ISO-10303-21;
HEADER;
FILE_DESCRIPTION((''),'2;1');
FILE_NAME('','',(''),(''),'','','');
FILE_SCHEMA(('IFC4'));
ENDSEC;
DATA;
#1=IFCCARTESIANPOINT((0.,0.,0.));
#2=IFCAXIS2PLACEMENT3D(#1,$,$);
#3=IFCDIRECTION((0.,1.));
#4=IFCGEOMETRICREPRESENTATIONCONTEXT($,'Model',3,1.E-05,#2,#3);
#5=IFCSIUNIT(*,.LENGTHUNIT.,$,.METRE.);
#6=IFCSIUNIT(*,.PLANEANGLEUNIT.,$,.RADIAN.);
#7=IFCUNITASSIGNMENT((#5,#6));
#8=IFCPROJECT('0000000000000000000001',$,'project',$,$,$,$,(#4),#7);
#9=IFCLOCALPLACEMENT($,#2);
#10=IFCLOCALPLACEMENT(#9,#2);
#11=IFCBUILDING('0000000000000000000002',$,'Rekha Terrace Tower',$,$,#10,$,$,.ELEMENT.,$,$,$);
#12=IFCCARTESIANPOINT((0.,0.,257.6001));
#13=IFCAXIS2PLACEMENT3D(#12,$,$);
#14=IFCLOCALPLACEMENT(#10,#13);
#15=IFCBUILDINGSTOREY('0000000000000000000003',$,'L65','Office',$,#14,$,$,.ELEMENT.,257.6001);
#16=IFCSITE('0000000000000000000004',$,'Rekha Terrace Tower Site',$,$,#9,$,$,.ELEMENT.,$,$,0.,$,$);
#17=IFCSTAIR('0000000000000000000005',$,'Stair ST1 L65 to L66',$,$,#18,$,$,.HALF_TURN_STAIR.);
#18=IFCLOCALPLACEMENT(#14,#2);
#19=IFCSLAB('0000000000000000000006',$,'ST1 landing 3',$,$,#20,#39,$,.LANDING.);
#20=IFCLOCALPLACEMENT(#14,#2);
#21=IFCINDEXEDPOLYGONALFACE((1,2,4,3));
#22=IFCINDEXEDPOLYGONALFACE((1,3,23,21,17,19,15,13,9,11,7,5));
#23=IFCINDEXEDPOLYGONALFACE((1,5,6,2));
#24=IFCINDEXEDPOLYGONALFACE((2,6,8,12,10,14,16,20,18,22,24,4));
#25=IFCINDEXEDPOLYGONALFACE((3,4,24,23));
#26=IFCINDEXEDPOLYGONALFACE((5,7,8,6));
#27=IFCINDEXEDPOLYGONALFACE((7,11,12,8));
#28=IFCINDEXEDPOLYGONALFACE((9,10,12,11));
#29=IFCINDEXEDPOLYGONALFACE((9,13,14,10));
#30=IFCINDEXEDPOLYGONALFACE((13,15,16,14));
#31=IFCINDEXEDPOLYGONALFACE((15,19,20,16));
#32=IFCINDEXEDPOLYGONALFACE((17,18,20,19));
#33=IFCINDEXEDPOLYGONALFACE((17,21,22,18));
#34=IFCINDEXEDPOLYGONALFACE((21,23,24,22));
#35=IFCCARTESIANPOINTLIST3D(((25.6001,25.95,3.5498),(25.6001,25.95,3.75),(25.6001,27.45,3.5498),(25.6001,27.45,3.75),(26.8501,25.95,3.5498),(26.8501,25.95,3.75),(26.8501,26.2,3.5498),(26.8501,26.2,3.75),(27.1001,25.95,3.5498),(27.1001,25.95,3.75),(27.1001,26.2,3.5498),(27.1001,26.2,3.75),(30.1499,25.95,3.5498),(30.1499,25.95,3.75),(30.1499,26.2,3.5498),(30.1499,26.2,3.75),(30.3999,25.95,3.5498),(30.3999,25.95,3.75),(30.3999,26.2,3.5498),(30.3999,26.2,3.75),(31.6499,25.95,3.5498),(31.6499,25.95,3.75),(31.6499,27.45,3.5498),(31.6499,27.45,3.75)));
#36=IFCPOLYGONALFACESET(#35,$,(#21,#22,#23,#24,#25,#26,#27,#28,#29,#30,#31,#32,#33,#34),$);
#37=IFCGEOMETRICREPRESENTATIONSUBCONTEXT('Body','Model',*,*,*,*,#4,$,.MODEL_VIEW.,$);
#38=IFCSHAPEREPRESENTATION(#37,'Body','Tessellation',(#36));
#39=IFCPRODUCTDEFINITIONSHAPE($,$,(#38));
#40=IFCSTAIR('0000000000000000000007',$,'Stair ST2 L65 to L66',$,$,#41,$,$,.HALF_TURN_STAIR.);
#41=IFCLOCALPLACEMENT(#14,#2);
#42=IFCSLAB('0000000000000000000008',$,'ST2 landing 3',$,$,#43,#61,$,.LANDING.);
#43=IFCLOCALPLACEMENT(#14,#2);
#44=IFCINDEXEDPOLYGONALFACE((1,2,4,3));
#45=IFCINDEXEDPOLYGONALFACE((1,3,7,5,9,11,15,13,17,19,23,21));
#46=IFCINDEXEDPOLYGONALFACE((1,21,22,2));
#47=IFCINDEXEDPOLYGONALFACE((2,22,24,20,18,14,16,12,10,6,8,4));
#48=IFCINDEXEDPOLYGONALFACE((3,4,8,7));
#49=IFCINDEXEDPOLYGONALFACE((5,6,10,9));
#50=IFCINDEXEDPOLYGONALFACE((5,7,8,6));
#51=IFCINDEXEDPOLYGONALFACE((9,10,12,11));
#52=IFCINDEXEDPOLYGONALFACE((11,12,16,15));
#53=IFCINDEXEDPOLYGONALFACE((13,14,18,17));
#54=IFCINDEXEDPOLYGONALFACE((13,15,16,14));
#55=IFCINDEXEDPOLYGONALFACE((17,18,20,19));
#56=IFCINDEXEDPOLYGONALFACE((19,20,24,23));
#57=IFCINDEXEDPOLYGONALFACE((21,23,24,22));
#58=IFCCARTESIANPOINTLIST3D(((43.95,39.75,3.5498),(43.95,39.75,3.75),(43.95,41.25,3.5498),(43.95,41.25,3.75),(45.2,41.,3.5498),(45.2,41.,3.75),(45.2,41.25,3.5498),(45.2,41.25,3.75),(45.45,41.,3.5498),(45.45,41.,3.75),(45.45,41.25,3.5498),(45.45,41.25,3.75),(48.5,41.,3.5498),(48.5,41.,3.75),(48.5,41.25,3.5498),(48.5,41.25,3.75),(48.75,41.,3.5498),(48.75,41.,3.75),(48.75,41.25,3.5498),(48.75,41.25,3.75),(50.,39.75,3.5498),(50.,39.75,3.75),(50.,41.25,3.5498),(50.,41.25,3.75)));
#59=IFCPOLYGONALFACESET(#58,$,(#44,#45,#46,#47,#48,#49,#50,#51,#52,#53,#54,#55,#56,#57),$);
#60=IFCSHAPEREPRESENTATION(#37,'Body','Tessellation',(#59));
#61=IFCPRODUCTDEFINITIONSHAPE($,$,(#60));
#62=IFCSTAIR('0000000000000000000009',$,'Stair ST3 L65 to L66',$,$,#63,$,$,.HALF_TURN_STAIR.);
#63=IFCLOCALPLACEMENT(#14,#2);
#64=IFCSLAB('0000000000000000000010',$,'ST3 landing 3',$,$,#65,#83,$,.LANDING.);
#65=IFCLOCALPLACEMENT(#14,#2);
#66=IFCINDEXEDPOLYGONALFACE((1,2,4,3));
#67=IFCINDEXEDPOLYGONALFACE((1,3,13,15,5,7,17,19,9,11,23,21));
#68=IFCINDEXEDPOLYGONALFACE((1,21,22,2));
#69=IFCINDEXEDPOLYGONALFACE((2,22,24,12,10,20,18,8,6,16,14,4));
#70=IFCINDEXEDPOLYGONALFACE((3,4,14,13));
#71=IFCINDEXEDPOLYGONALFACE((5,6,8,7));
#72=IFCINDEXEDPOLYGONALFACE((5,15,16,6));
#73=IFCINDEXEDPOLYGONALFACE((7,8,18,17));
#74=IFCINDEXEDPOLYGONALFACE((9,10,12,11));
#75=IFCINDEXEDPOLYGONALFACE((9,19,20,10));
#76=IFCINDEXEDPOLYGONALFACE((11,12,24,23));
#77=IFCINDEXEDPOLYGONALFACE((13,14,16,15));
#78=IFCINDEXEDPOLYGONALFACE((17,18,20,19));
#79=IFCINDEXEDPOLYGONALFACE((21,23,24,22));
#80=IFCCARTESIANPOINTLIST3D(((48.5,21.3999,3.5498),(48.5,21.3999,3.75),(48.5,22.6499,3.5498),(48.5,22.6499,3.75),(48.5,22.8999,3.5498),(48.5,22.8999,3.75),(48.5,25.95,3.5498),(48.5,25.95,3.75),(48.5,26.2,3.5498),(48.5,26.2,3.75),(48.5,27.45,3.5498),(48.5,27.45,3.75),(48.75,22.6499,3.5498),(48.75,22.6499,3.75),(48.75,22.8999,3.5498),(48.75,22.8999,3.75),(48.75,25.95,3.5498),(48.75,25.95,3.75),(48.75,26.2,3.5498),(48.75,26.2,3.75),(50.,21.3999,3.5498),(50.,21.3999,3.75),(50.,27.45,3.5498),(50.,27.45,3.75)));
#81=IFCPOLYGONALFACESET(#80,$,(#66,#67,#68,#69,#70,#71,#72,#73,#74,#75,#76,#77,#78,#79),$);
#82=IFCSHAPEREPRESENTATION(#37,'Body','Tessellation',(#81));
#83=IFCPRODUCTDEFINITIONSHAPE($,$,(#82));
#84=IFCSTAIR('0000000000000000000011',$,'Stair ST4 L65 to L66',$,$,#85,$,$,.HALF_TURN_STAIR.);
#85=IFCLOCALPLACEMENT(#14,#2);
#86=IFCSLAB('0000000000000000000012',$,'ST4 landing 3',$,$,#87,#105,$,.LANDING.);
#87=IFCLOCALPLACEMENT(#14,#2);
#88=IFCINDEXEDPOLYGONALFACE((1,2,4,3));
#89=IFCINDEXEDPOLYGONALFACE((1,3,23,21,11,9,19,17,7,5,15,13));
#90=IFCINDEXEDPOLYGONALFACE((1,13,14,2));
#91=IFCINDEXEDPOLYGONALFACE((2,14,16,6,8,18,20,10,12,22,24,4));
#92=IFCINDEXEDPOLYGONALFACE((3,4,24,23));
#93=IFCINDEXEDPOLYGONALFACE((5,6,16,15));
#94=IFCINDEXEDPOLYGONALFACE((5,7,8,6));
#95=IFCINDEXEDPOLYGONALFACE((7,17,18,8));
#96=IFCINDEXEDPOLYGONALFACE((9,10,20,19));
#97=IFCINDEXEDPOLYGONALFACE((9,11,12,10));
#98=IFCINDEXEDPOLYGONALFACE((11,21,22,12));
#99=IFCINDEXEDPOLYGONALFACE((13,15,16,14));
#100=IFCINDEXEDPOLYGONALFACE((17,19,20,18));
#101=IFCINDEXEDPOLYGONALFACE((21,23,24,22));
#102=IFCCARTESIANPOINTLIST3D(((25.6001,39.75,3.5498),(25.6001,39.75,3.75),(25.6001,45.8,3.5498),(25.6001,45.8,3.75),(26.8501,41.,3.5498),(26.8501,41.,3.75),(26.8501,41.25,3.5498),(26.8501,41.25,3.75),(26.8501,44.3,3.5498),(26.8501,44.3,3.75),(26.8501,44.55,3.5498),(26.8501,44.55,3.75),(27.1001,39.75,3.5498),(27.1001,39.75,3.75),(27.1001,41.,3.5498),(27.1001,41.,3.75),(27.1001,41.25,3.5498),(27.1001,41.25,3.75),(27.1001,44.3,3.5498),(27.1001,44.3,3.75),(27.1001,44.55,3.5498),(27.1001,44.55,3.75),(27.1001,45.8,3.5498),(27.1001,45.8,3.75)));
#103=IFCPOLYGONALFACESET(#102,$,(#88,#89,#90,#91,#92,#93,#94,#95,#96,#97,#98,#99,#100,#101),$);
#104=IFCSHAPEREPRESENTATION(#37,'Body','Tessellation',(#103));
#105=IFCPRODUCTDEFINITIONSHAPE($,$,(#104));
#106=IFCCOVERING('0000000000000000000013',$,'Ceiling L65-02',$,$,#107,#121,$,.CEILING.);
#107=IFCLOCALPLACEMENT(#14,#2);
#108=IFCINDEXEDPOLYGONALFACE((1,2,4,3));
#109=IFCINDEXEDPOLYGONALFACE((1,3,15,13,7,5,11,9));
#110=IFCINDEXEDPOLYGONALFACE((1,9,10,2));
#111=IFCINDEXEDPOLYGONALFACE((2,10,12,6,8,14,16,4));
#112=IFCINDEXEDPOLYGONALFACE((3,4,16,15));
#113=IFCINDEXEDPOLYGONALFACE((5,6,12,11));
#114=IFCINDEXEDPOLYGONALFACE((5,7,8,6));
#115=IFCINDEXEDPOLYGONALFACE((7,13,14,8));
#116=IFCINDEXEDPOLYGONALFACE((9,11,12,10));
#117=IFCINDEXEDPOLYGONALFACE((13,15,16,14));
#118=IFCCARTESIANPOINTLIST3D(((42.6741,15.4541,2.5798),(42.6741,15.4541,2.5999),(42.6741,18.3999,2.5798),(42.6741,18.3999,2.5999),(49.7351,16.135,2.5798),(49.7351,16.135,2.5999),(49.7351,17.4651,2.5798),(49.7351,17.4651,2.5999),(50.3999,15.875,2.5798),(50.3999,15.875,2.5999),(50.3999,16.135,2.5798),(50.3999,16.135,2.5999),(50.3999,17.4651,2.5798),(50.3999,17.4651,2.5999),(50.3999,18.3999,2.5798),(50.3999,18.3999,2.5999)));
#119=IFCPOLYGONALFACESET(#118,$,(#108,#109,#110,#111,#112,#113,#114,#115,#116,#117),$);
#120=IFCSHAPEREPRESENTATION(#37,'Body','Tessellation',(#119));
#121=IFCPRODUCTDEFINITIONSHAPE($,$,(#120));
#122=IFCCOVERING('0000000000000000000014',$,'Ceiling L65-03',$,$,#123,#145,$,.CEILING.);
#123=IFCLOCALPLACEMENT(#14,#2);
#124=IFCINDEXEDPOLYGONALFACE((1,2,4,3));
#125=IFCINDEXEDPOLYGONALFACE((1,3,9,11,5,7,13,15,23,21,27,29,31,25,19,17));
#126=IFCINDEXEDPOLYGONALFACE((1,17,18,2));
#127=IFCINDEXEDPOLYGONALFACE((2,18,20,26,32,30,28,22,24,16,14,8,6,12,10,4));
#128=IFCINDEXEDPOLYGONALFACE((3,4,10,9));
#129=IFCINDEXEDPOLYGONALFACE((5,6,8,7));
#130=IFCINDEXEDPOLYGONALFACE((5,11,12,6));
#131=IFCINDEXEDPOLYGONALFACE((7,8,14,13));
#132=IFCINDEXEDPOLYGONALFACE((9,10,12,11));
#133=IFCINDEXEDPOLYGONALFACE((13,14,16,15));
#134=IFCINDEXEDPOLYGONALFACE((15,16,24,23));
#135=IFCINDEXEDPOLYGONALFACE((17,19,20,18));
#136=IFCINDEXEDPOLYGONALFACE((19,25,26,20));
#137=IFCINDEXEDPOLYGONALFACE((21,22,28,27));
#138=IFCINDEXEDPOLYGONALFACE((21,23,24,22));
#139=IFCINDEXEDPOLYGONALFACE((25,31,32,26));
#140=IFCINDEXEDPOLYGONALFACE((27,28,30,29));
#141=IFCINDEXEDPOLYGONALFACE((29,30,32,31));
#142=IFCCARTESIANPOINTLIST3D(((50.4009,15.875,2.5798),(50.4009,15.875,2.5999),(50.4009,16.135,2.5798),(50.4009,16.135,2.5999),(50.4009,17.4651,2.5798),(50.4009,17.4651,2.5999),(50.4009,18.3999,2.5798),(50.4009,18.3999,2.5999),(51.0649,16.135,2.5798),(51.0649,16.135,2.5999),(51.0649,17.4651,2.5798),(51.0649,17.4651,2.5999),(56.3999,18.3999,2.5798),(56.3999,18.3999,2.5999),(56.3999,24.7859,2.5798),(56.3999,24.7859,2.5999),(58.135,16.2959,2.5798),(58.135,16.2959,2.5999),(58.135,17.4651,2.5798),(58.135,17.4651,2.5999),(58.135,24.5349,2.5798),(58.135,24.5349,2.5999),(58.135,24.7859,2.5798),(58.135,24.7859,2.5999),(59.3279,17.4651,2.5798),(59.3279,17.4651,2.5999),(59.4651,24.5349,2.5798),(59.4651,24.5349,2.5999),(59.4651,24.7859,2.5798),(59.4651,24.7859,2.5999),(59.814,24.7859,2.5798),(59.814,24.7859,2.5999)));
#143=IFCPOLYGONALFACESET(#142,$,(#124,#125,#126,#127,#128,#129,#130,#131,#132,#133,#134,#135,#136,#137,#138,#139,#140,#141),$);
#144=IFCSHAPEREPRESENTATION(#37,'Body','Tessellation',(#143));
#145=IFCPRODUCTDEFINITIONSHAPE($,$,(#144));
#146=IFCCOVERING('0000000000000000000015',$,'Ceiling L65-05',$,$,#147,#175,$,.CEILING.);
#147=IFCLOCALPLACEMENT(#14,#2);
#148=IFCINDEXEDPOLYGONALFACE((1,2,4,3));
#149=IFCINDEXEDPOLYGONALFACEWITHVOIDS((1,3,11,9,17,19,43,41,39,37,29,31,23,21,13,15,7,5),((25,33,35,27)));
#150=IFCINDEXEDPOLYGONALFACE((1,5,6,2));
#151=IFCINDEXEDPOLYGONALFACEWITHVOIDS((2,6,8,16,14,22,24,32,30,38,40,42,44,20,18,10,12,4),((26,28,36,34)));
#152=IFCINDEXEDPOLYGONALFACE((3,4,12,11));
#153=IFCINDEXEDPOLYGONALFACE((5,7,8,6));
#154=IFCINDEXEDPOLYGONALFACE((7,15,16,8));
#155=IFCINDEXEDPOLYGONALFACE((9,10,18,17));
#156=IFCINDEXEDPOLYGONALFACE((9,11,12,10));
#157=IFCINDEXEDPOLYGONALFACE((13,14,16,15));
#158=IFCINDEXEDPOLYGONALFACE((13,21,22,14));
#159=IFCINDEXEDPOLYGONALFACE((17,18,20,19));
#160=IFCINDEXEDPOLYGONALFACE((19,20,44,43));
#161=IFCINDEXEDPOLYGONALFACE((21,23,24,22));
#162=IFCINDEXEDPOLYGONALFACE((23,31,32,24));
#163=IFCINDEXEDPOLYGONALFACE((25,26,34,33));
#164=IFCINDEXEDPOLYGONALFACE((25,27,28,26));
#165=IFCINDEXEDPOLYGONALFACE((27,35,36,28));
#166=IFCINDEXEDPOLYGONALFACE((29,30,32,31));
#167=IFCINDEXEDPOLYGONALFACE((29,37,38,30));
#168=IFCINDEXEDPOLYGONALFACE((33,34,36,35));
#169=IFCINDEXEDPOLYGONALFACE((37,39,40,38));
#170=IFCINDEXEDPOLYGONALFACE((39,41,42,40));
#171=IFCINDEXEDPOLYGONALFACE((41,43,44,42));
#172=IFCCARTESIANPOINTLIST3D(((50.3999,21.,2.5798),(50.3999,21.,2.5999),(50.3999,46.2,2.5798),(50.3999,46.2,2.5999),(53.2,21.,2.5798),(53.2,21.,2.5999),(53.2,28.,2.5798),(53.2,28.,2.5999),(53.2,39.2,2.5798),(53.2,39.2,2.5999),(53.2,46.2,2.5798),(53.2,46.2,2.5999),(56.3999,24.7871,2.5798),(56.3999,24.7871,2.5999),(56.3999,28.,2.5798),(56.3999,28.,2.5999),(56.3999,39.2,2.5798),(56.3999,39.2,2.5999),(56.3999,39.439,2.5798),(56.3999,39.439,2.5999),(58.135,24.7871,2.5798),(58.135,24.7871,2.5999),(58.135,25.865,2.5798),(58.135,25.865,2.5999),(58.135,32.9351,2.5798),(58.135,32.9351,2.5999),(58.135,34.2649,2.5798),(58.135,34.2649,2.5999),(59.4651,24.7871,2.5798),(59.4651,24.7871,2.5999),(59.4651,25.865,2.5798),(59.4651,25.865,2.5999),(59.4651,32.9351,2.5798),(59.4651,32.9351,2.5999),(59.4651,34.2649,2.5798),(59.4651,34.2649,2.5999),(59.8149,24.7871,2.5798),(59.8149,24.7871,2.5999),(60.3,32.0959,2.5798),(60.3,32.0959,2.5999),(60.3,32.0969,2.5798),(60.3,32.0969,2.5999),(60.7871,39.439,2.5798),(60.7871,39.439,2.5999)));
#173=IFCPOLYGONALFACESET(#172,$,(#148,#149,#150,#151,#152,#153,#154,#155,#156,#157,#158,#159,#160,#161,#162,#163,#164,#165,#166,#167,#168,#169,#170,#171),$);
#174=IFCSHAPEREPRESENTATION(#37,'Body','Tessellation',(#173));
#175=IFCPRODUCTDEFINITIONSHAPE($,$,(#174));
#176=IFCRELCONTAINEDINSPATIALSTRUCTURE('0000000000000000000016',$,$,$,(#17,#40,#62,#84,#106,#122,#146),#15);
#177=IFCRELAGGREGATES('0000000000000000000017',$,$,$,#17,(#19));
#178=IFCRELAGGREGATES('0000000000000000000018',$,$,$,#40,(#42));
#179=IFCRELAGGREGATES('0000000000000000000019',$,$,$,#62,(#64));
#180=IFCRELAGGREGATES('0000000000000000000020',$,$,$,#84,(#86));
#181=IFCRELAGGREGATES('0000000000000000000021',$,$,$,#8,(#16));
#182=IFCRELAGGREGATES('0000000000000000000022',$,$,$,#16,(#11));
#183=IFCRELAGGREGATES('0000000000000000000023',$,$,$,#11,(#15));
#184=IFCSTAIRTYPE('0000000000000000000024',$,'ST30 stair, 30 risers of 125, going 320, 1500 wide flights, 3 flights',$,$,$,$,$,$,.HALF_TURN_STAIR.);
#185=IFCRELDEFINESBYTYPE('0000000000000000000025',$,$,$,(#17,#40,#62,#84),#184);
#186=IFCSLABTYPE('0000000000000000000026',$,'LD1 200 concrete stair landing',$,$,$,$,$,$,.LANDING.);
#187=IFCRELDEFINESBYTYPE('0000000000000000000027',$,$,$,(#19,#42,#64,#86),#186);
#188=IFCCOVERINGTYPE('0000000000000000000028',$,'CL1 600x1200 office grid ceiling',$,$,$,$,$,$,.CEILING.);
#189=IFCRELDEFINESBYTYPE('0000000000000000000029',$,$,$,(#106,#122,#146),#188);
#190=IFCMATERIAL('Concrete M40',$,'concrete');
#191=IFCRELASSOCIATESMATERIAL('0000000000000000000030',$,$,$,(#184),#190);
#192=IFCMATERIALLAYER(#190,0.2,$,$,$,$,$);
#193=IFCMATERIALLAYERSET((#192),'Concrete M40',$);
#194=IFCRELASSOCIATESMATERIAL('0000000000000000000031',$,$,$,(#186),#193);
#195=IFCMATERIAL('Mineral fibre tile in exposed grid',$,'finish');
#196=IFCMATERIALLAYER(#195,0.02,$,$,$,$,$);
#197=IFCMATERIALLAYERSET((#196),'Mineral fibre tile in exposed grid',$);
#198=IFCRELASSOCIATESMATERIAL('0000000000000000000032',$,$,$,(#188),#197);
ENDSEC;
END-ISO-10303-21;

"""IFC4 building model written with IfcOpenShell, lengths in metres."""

from ifc_helpers import new_model, si_unit, direction, frame, origin, place, context, subcontext, project, spatial, polyline, outline, extrude, material, layer, layer_set, type_object, element, aggregate, save


model = new_model("IFC4")

# Units and contexts
model_context = context("Model", 3, precision=1e-05, world=origin(), true_north=direction((0.0, 1.0)))
body_context = subcontext(model_context, "Body", "Model", "MODEL_VIEW")
ifc_project = project(units=[si_unit("LENGTHUNIT", "METRE"), si_unit("PLANEANGLEUNIT", "RADIAN")], contexts=[model_context])

# Site, building, storey
site_placement = place(None, origin())
site = spatial("IfcSite", under=ifc_project, at=site_placement, Name="Rekha Terrace Tower Site", CompositionType="ELEMENT", RefElevation=0.0)
building_placement = place(site_placement, origin())
building = spatial("IfcBuilding", under=site, at=building_placement, Name="Rekha Terrace Tower", CompositionType="ELEMENT")
storey_placement = place(building_placement, frame((0.0, 0.0, 257.6001)))
storey = spatial("IfcBuildingStorey", under=building, at=storey_placement, Name="L65", Description="Office", CompositionType="ELEMENT", Elevation=257.6001)

# Stairs, slabs
ifc_material_1 = material(Name="Concrete M40", Category="concrete")
stair_type = type_object("IfcStairType", Name="ST30 stair, 30 risers of 125, going 320, 1500 wide flights, 3 flights", PredefinedType="HALF_TURN_STAIR", material=ifc_material_1)
stair_1_placement = place(storey_placement, origin())
stair_1 = element("IfcStair", 1, at=stair_1_placement, inside=storey, type_object=stair_type, Name="Stair ST1 L65 to L66", PredefinedType="HALF_TURN_STAIR")
ifc_layer_1 = layer(ifc_material_1, 0.2)
ifc_layer_set_1 = layer_set([ifc_layer_1], Name="Concrete M40")
slab_type = type_object("IfcSlabType", Name="LD1 200 concrete stair landing", PredefinedType="LANDING", material=ifc_layer_set_1)
slab_1_placement = place(storey_placement, frame((0.0, 0.0, 3.5498)))
slab_1 = element("IfcSlab", 2, at=slab_1_placement, type_object=slab_type, Name="ST1 landing 3", PredefinedType="LANDING", context=body_context, shape_type="SweptSolid", body=[
    extrude(outline(polyline([(31.6499, 25.95), (31.6499, 27.45), (25.6001, 27.45), (25.6001, 25.95), (26.8501, 25.95), (26.8501, 26.2), (27.1001, 26.2), (27.1001, 25.95), (30.1499, 25.95), (30.1499, 26.2), (30.3999, 26.2), (30.3999, 25.95), (31.6499, 25.95)])), origin(), (0.0, 0.0, 1.0), 0.2002),
])
aggregate(stair_1, [slab_1])
stair_2_placement = place(storey_placement, origin())
stair_2 = element("IfcStair", 3, at=stair_2_placement, inside=storey, type_object=stair_type, Name="Stair ST2 L65 to L66", PredefinedType="HALF_TURN_STAIR")
slab_2_placement = place(storey_placement, frame((0.0, 0.0, 3.5498)))
slab_2 = element("IfcSlab", 4, at=slab_2_placement, type_object=slab_type, Name="ST2 landing 3", PredefinedType="LANDING", context=body_context, shape_type="SweptSolid", body=[
    extrude(outline(polyline([(43.95, 41.25), (43.95, 39.75), (50.0, 39.75), (50.0, 41.25), (48.75, 41.25), (48.75, 41.0), (48.5, 41.0), (48.5, 41.25), (45.45, 41.25), (45.45, 41.0), (45.2, 41.0), (45.2, 41.25), (43.95, 41.25)])), origin(), (0.0, 0.0, 1.0), 0.2002),
])
aggregate(stair_2, [slab_2])
stair_3_placement = place(storey_placement, origin())
stair_3 = element("IfcStair", 5, at=stair_3_placement, inside=storey, type_object=stair_type, Name="Stair ST3 L65 to L66", PredefinedType="HALF_TURN_STAIR")
slab_3_placement = place(storey_placement, frame((0.0, 0.0, 3.5498)))
slab_3 = element("IfcSlab", 6, at=slab_3_placement, type_object=slab_type, Name="ST3 landing 3", PredefinedType="LANDING", context=body_context, shape_type="SweptSolid", body=[
    extrude(outline(polyline([(48.5, 21.3999), (50.0, 21.3999), (50.0, 27.45), (48.5, 27.45), (48.5, 26.2), (48.75, 26.2), (48.75, 25.95), (48.5, 25.95), (48.5, 22.8999), (48.75, 22.8999), (48.75, 22.6499), (48.5, 22.6499), (48.5, 21.3999)])), origin(), (0.0, 0.0, 1.0), 0.2002),
])
aggregate(stair_3, [slab_3])
stair_4_placement = place(storey_placement, origin())
stair_4 = element("IfcStair", 7, at=stair_4_placement, inside=storey, type_object=stair_type, Name="Stair ST4 L65 to L66", PredefinedType="HALF_TURN_STAIR")
slab_4_placement = place(storey_placement, frame((0.0, 0.0, 3.5498)))
slab_4 = element("IfcSlab", 8, at=slab_4_placement, type_object=slab_type, Name="ST4 landing 3", PredefinedType="LANDING", context=body_context, shape_type="SweptSolid", body=[
    extrude(outline(polyline([(27.1001, 39.75), (25.6001, 39.75), (25.6001, 45.8), (27.1001, 45.8), (27.1001, 44.55), (26.8501, 44.55), (26.8501, 44.3), (27.1001, 44.3), (27.1001, 41.25), (26.8501, 41.25), (26.8501, 41.0), (27.1001, 41.0), (27.1001, 39.75)])), origin(), (0.0, 0.0, 1.0), 0.2002),
])
aggregate(stair_4, [slab_4])

# Coverings
ifc_material_2 = material(Name="Mineral fibre tile in exposed grid", Category="finish")
ifc_layer_2 = layer(ifc_material_2, 0.02)
ifc_layer_set_2 = layer_set([ifc_layer_2], Name="Mineral fibre tile in exposed grid")
covering_type_1 = type_object("IfcCoveringType", Name="CL1 600x1200 office grid ceiling", PredefinedType="CEILING", material=ifc_layer_set_2)
covering_1_placement = place(storey_placement, frame((0.0, 0.0, 2.5798)))
element("IfcCovering", 9, at=covering_1_placement, inside=storey, type_object=covering_type_1, Name="Ceiling L65-02", PredefinedType="CEILING", context=body_context, shape_type="SweptSolid", body=[
    extrude(outline(polyline([(49.7351, 17.4651), (50.3999, 17.4651), (50.3999, 18.3999), (42.6741, 18.3999), (42.6741, 15.4541), (50.3999, 15.875), (50.3999, 16.135), (49.7351, 16.135), (49.7351, 17.4651)])), origin(), (0.0, 0.0, 1.0), 0.02),
])
covering_2_placement = place(storey_placement, frame((0.0, 0.0, 2.5798)))
element("IfcCovering", 10, at=covering_2_placement, inside=storey, type_object=covering_type_1, Name="Ceiling L65-03", PredefinedType="CEILING", context=body_context, shape_type="SweptSolid", body=[
    extrude(outline(polyline([(58.135, 24.5349), (58.135, 24.7859), (56.3999, 24.7859), (56.3999, 18.3999), (50.4009, 18.3999), (50.4009, 17.4651), (51.0649, 17.4651), (51.0649, 16.135), (50.4009, 16.135), (50.4009, 15.875), (58.135, 16.2959), (58.135, 17.4651), (59.3279, 17.4651), (59.814, 24.7859), (59.4651, 24.7859), (59.4651, 24.5349), (58.135, 24.5349)])), origin(), (0.0, 0.0, 1.0), 0.02),
])
covering_3_placement = place(storey_placement, frame((0.0, 0.0, 2.5798)))
element("IfcCovering", 11, at=covering_3_placement, inside=storey, type_object=covering_type_1, Name="Ceiling L65-05", PredefinedType="CEILING", context=body_context, shape_type="SweptSolid", body=[
    extrude(outline(polyline([(59.4651, 25.865), (59.4651, 24.7871), (59.8149, 24.7871), (60.3, 32.0959), (60.3, 32.0969), (60.7871, 39.439), (56.3999, 39.439), (56.3999, 39.2), (53.2, 39.2), (53.2, 46.2), (50.3999, 46.2), (50.3999, 21.0), (53.2, 21.0), (53.2, 28.0), (56.3999, 28.0), (56.3999, 24.7871), (58.135, 24.7871), (58.135, 25.865), (59.4651, 25.865)]), holes=[polyline([(59.4651, 34.2649), (59.4651, 32.9351), (58.135, 32.9351), (58.135, 34.2649), (59.4651, 34.2649)])]), origin(), (0.0, 0.0, 1.0), 0.02),
])

save(model, "model.ifc")
